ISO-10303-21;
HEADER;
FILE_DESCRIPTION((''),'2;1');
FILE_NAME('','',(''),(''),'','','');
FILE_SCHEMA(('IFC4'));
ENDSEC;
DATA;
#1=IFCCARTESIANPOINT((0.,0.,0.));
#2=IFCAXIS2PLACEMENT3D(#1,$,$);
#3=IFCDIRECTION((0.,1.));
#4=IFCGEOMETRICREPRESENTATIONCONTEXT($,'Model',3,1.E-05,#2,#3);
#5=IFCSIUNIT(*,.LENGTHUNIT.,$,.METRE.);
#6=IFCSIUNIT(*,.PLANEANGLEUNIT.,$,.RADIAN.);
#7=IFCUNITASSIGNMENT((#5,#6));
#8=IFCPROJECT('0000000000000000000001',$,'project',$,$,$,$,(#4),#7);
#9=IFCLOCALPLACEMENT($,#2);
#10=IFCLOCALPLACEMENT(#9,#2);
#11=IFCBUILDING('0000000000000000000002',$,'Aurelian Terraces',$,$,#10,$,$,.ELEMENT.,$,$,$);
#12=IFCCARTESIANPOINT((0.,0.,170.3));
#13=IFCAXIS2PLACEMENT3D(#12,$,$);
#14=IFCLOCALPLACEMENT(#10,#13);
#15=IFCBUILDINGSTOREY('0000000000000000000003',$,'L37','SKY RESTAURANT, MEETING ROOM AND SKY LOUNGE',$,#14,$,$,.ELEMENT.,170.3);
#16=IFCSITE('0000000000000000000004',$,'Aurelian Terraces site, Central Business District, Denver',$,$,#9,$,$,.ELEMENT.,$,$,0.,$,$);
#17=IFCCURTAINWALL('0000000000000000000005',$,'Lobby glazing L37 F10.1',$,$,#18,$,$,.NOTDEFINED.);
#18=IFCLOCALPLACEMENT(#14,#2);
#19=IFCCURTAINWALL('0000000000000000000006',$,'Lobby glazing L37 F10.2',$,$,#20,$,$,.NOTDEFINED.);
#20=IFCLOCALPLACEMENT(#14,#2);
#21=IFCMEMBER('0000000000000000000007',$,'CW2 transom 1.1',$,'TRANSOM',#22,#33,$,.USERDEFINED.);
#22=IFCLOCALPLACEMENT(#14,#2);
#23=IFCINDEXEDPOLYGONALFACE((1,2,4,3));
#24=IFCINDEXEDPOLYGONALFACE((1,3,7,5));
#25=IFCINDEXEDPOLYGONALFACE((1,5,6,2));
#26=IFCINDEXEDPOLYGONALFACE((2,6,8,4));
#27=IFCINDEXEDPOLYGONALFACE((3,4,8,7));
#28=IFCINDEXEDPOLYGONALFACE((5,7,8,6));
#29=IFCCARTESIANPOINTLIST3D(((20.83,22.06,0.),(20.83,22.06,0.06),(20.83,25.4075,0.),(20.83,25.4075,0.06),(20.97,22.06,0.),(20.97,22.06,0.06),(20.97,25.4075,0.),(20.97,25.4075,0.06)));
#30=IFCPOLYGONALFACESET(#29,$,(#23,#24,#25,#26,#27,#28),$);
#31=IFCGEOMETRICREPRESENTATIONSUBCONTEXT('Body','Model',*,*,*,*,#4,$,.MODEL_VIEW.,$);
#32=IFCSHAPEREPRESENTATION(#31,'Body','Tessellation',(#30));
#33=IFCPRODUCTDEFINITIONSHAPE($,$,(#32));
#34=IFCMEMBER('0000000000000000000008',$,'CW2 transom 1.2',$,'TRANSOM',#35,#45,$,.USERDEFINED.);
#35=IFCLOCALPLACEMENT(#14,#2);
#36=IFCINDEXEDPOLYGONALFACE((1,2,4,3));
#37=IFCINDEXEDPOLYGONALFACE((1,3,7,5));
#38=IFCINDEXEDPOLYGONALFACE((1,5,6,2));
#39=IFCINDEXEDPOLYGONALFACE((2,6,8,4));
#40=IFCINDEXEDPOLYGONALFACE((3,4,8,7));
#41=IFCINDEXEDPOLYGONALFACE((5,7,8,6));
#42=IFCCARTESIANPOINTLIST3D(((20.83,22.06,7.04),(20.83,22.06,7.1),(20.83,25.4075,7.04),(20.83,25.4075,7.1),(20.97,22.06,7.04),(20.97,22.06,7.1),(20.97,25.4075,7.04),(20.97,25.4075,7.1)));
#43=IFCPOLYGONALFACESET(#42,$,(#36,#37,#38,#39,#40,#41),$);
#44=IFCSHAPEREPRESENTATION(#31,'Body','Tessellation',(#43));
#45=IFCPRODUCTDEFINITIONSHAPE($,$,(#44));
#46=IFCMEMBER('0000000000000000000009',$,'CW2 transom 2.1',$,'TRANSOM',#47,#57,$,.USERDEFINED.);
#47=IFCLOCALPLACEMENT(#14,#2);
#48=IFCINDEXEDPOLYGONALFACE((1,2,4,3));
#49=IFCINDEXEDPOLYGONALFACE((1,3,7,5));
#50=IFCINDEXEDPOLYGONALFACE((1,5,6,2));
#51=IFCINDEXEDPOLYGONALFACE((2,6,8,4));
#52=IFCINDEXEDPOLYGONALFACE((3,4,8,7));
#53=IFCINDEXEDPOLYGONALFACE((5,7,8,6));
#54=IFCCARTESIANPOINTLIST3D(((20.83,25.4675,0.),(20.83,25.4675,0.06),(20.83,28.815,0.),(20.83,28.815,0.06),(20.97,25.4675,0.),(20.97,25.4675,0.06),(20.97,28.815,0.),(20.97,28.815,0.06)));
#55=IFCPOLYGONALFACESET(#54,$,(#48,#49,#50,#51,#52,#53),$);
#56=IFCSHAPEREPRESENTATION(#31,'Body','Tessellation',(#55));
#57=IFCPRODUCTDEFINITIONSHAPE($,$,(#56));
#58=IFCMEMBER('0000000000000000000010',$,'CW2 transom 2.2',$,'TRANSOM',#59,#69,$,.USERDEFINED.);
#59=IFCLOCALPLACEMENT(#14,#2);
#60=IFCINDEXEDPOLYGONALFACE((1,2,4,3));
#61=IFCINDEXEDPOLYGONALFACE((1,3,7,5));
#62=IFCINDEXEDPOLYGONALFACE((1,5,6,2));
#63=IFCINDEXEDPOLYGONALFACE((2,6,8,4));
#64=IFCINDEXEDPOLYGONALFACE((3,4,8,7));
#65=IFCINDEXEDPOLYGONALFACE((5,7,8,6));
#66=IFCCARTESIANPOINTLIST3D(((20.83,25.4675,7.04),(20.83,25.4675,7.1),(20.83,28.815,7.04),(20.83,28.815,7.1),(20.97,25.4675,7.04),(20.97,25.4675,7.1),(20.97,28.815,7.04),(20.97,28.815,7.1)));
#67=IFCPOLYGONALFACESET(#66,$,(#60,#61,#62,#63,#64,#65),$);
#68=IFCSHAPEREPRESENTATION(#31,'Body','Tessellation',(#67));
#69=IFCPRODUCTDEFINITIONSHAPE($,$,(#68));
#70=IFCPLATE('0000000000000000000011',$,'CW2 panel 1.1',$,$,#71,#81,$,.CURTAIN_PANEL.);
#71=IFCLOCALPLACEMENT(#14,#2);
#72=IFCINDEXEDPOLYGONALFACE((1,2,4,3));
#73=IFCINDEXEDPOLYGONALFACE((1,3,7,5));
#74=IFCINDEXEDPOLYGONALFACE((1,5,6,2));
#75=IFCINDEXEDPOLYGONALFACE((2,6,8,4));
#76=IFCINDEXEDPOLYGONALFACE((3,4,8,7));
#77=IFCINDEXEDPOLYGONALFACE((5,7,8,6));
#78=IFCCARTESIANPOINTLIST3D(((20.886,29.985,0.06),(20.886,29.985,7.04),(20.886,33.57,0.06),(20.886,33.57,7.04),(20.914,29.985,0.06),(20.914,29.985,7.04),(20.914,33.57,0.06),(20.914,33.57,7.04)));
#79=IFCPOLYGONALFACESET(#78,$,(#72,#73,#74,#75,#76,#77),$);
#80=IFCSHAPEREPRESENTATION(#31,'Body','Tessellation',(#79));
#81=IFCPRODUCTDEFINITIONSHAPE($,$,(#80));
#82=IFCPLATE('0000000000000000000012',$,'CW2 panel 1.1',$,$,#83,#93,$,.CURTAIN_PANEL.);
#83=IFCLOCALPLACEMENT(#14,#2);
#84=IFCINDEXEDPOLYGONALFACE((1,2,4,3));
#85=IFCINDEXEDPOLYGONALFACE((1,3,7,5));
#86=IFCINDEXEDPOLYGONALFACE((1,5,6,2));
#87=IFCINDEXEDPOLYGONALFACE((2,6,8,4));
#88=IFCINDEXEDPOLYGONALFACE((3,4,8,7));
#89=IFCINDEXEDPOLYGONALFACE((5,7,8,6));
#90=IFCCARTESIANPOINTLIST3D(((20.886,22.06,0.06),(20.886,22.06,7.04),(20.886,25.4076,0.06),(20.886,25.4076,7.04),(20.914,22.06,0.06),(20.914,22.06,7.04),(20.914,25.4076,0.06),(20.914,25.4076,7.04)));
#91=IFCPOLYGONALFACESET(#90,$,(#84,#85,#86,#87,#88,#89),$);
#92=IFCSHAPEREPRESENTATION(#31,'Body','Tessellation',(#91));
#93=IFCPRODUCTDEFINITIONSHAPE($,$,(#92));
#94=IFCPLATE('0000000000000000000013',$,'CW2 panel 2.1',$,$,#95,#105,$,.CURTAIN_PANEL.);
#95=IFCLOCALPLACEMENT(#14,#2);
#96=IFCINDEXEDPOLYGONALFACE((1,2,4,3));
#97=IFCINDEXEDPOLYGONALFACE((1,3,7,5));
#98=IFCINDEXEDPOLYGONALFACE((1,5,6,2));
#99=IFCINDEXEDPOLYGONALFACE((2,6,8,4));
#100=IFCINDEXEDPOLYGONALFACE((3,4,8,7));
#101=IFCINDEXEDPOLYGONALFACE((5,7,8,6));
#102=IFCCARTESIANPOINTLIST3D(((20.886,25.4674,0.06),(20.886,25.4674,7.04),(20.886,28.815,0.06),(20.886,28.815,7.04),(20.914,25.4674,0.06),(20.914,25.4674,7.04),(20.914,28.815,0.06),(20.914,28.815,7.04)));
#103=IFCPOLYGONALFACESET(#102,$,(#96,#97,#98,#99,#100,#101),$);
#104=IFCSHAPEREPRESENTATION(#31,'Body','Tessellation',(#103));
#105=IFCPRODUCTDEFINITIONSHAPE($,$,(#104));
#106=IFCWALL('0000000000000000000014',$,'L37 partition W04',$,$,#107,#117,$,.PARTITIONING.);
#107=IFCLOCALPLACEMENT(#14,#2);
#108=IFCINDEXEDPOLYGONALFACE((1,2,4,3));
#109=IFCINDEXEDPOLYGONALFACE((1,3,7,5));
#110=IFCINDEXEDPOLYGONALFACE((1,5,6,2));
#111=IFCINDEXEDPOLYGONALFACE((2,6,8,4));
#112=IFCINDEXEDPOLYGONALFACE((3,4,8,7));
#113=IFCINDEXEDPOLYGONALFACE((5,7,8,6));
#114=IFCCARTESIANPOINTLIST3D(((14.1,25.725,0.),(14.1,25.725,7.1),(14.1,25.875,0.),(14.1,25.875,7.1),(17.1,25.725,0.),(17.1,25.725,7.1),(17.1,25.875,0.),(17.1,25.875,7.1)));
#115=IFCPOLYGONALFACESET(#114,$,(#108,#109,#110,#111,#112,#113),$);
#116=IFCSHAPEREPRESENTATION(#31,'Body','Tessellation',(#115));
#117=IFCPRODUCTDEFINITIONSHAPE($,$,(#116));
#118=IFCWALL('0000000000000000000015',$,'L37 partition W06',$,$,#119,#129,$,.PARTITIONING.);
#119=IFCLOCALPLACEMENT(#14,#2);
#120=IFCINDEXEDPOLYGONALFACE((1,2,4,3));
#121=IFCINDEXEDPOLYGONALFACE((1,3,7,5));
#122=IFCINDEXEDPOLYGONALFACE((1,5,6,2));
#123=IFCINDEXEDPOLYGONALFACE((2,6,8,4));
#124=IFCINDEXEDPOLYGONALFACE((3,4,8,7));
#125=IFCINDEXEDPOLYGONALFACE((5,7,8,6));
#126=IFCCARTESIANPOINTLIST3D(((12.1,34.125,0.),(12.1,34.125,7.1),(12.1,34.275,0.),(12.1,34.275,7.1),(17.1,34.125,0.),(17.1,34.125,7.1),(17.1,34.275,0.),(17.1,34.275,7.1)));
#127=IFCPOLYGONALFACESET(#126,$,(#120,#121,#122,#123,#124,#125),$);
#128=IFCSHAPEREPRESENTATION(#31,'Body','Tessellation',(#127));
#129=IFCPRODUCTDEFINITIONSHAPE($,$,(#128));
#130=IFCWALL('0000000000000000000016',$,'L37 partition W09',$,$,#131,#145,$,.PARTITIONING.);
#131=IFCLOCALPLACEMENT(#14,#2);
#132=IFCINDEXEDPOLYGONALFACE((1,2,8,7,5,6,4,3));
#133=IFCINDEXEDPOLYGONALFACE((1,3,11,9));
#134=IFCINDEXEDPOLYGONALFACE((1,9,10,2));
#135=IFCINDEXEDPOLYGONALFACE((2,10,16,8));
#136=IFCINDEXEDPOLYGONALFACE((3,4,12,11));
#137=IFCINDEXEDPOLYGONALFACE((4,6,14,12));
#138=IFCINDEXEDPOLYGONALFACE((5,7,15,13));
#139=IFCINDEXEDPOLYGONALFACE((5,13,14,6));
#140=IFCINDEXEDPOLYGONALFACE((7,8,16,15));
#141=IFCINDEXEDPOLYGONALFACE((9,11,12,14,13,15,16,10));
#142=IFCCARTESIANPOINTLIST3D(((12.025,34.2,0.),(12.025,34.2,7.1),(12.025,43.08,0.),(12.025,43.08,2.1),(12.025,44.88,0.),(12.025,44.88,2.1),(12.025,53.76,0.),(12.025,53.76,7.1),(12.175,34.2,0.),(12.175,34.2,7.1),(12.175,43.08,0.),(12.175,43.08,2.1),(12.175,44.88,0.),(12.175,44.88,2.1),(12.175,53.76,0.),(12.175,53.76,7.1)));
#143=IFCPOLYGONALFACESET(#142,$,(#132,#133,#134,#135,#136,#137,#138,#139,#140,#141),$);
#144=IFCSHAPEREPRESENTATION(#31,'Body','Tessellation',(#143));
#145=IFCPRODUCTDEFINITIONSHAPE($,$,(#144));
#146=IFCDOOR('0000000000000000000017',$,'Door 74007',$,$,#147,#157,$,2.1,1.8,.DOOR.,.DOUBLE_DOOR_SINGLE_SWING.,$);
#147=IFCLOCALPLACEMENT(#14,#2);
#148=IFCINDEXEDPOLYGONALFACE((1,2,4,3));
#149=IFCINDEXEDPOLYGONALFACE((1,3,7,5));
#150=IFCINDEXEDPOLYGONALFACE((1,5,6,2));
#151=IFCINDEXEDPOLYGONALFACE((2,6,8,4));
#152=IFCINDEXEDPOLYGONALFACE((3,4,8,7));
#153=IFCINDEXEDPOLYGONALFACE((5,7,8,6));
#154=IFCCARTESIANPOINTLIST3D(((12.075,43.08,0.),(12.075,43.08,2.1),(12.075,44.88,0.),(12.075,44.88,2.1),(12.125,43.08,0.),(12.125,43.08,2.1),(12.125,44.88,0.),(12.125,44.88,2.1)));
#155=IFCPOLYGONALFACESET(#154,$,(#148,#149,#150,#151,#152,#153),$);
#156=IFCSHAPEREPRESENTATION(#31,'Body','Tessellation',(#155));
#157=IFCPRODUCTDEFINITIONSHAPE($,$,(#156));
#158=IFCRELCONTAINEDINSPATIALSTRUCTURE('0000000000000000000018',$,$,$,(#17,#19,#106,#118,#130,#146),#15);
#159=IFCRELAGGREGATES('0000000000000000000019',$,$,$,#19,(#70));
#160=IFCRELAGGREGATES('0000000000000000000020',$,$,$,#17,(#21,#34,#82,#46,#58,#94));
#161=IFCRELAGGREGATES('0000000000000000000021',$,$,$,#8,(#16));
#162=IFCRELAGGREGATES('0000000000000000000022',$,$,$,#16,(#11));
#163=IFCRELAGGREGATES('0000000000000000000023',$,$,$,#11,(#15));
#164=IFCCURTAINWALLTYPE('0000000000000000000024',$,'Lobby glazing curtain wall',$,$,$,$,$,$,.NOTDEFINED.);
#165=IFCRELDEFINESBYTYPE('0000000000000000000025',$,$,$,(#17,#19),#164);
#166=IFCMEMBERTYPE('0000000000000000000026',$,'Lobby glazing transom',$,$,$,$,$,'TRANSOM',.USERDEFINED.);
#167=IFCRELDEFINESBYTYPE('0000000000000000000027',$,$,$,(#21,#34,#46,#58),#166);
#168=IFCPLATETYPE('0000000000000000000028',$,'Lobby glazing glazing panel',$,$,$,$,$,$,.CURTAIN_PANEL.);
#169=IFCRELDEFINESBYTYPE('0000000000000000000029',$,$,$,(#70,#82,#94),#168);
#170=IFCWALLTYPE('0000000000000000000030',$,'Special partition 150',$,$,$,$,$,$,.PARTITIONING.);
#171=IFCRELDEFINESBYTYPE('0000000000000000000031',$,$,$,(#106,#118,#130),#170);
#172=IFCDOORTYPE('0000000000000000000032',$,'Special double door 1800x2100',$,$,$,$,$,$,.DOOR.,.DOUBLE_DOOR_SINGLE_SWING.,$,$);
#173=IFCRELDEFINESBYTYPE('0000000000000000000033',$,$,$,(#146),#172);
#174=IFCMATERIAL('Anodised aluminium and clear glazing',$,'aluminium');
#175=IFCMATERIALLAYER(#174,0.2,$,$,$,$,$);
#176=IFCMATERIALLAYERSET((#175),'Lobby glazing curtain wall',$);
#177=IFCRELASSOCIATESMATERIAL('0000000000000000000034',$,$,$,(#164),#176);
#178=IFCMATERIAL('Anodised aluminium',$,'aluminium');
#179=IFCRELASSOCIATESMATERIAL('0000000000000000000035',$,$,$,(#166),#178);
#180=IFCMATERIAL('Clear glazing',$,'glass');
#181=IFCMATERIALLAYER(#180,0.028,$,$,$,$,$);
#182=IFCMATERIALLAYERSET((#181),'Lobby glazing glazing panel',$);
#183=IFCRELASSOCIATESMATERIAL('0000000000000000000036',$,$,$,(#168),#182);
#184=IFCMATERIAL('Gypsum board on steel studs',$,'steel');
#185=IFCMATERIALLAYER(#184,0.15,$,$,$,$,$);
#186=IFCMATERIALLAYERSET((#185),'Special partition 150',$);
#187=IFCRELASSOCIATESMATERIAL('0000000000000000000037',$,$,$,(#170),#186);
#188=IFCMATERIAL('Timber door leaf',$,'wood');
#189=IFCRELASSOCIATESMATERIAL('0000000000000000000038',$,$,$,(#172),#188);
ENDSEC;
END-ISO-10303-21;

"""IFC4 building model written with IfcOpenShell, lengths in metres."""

from ifc_helpers import new_model, si_unit, direction, frame, frame_2d, origin, origin_2d, place, context, subcontext, project, spatial, rectangle, extrude, source, transform, mapped, material, layer, layer_set, material_profile, profile_set, type_object, element, fill, aggregate, save


model = new_model("IFC4")

# Units and contexts
model_context = context("Model", 3, precision=1e-05, world=origin(), true_north=direction((0.0, 1.0)))
body_context = subcontext(model_context, "Body", "Model", "MODEL_VIEW")
ifc_project = project(units=[si_unit("LENGTHUNIT", "METRE"), si_unit("PLANEANGLEUNIT", "RADIAN")], contexts=[model_context])

# Site, building, storey
site_placement = place(None, origin())
site = spatial("IfcSite", under=ifc_project, at=site_placement, Name="Aurelian Terraces site, Central Business District, Denver", CompositionType="ELEMENT", RefElevation=0.0)
building_placement = place(site_placement, origin())
building = spatial("IfcBuilding", under=site, at=building_placement, Name="Aurelian Terraces", CompositionType="ELEMENT")
storey_placement = place(building_placement, frame((0.0, 0.0, 170.3)))
storey = spatial("IfcBuildingStorey", under=building, at=storey_placement, Name="L37", Description="SKY RESTAURANT, MEETING ROOM AND SKY LOUNGE", CompositionType="ELEMENT", Elevation=170.3)

# Curtain walls
ifc_material_1 = material(Name="Anodised aluminium and clear glazing", Category="aluminium")
ifc_layer_1 = layer(ifc_material_1, 0.2)
ifc_layer_set_1 = layer_set([ifc_layer_1], Name="Lobby glazing curtain wall")
curtain_wall_type = type_object("IfcCurtainWallType", Name="Lobby glazing curtain wall", PredefinedType="NOTDEFINED", material=ifc_layer_set_1)
curtain_wall_1_placement = place(storey_placement, origin())
curtain_wall_1 = element("IfcCurtainWall", 1, at=curtain_wall_1_placement, inside=storey, type_object=curtain_wall_type, Name="Lobby glazing L37 F10.1", PredefinedType="NOTDEFINED")
ifc_material_2 = material(Name="Anodised aluminium", Category="aluminium")
curtain_wall_2_placement = place(storey_placement, origin())
curtain_wall_2 = element("IfcCurtainWall", 2, at=curtain_wall_2_placement, inside=storey, type_object=curtain_wall_type, Name="Lobby glazing L37 F10.2", PredefinedType="NOTDEFINED")
ifc_material_profile_1 = material_profile(ifc_material_2, rectangle(XDim=0.14, YDim=0.06, at=origin_2d()))
ifc_profile_set_1 = profile_set([ifc_material_profile_1], Name="Anodised aluminium")
member_type_1 = type_object("IfcMemberType", Name="Lobby glazing transom", ElementType="TRANSOM", PredefinedType="USERDEFINED", material=ifc_profile_set_1)

# Members
shared_shape_1 = source(origin(), body_context, "Body", "SweptSolid", [
    extrude(rectangle(XDim=0.14, YDim=0.06, at=origin_2d()), origin(), (0.0, 0.0, 1.0), 3.3475),
])
member_1_placement = place(storey_placement, frame((20.9, 22.06, 0.03), z_axis=(0.0, 1.0, 0.0), x_axis=(-1.0, 0.0, 0.0)))
member_1 = element("IfcMember", 3, at=member_1_placement, type_object=member_type_1, Name="CW2 transom 1.1", ObjectType="TRANSOM", PredefinedType="USERDEFINED", context=body_context, shape_type="MappedRepresentation", body=[
    mapped(shared_shape_1, transform((0.0, 0.0, 0.0), scale=1.0)),
])
member_2_placement = place(storey_placement, frame((20.9, 22.06, 7.07), z_axis=(0.0, 1.0, 0.0), x_axis=(-1.0, 0.0, 0.0)))
member_2 = element("IfcMember", 4, at=member_2_placement, type_object=member_type_1, Name="CW2 transom 1.2", ObjectType="TRANSOM", PredefinedType="USERDEFINED", context=body_context, shape_type="MappedRepresentation", body=[
    mapped(shared_shape_1, transform((0.0, 0.0, 0.0), scale=1.0)),
])
member_3_placement = place(storey_placement, frame((20.9, 25.4675, 0.03), z_axis=(0.0, 1.0, 0.0), x_axis=(-1.0, 0.0, 0.0)))
member_3 = element("IfcMember", 5, at=member_3_placement, type_object=member_type_1, Name="CW2 transom 2.1", ObjectType="TRANSOM", PredefinedType="USERDEFINED", context=body_context, shape_type="MappedRepresentation", body=[
    mapped(shared_shape_1, transform((0.0, 0.0, 0.0), scale=1.0)),
])
member_4_placement = place(storey_placement, frame((20.9, 25.4675, 7.07), z_axis=(0.0, 1.0, 0.0), x_axis=(-1.0, 0.0, 0.0)))
member_4 = element("IfcMember", 6, at=member_4_placement, type_object=member_type_1, Name="CW2 transom 2.2", ObjectType="TRANSOM", PredefinedType="USERDEFINED", context=body_context, shape_type="MappedRepresentation", body=[
    mapped(shared_shape_1, transform((0.0, 0.0, 0.0), scale=1.0)),
])

# Plates
ifc_material_3 = material(Name="Clear glazing", Category="glass")
ifc_layer_2 = layer(ifc_material_3, 0.028)
ifc_layer_set_2 = layer_set([ifc_layer_2], Name="Lobby glazing glazing panel")
plate_type = type_object("IfcPlateType", Name="Lobby glazing glazing panel", PredefinedType="CURTAIN_PANEL", material=ifc_layer_set_2)
shared_shape_2 = source(origin(), body_context, "Body", "SweptSolid", [
    extrude(rectangle(XDim=3.585, YDim=0.028, at=origin_2d()), origin(), (0.0, 0.0, 1.0), 6.98),
])
plate_1_placement = place(storey_placement, frame((20.9, 31.7775, 0.06), z_axis=(0.0, 0.0, 1.0), x_axis=(0.0, 1.0, 0.0)))
plate_1 = element("IfcPlate", 7, at=plate_1_placement, type_object=plate_type, Name="CW2 panel 1.1", PredefinedType="CURTAIN_PANEL", context=body_context, shape_type="MappedRepresentation", body=[
    mapped(shared_shape_2, transform((0.0, 0.0, 0.0), scale=1.0)),
])
aggregate(curtain_wall_2, [plate_1])
shared_shape_3 = source(origin(), body_context, "Body", "SweptSolid", [
    extrude(rectangle(XDim=3.3475, YDim=0.028, at=origin_2d()), origin(), (0.0, 0.0, 1.0), 6.98),
])
plate_2_placement = place(storey_placement, frame((20.9, 23.7338, 0.06), z_axis=(0.0, 0.0, 1.0), x_axis=(0.0, 1.0, 0.0)))
plate_2 = element("IfcPlate", 8, at=plate_2_placement, type_object=plate_type, Name="CW2 panel 1.1", PredefinedType="CURTAIN_PANEL", context=body_context, shape_type="MappedRepresentation", body=[
    mapped(shared_shape_3, transform((0.0, 0.0, 0.0), scale=1.0)),
])
plate_3_placement = place(storey_placement, frame((20.9, 27.1412, 0.06), z_axis=(0.0, 0.0, 1.0), x_axis=(0.0, 1.0, 0.0)))
plate_3 = element("IfcPlate", 9, at=plate_3_placement, type_object=plate_type, Name="CW2 panel 2.1", PredefinedType="CURTAIN_PANEL", context=body_context, shape_type="MappedRepresentation", body=[
    mapped(shared_shape_3, transform((0.0, 0.0, 0.0), scale=1.0)),
])
aggregate(curtain_wall_1, [member_1, member_2, plate_2, member_3, member_4, plate_3])

# Walls
ifc_material_4 = material(Name="Gypsum board on steel studs", Category="steel")
ifc_layer_3 = layer(ifc_material_4, 0.15)
ifc_layer_set_3 = layer_set([ifc_layer_3], Name="Special partition 150")
wall_type = type_object("IfcWallType", Name="Special partition 150", PredefinedType="PARTITIONING", material=ifc_layer_set_3)
wall_1_placement = place(storey_placement, frame((14.1, 25.8, 0.0), z_axis=(0.0, 0.0, 1.0), x_axis=(1.0, 0.0, 0.0)))
element("IfcWall", 10, at=wall_1_placement, inside=storey, type_object=wall_type, Name="L37 partition W04", PredefinedType="PARTITIONING", context=body_context, shape_type="SweptSolid", body=[
    extrude(rectangle(XDim=3.0, YDim=0.15, at=frame_2d((1.5, 0.0))), origin(), (0.0, 0.0, 1.0), 7.1),
])
wall_2_placement = place(storey_placement, frame((12.1, 34.2, 0.0), z_axis=(0.0, 0.0, 1.0), x_axis=(1.0, 0.0, 0.0)))
element("IfcWall", 11, at=wall_2_placement, inside=storey, type_object=wall_type, Name="L37 partition W06", PredefinedType="PARTITIONING", context=body_context, shape_type="SweptSolid", body=[
    extrude(rectangle(XDim=5.0, YDim=0.15, at=frame_2d((2.5, 0.0))), origin(), (0.0, 0.0, 1.0), 7.1),
])

# Wall, opening, door
wall_3_placement = place(storey_placement, frame((12.1, 34.2, 0.0), z_axis=(0.0, 0.0, 1.0), x_axis=(0.0, 1.0, 0.0)))
wall_3 = element("IfcWall", 12, at=wall_3_placement, inside=storey, type_object=wall_type, Name="L37 partition W09", PredefinedType="PARTITIONING", context=body_context, shape_type="SweptSolid", body=[
    extrude(rectangle(XDim=19.56, YDim=0.15, at=frame_2d((9.78, 0.0))), origin(), (0.0, 0.0, 1.0), 7.1),
])
shared_shape_4 = source(origin(), body_context, "Body", "SweptSolid", [
    extrude(rectangle(XDim=1.8, YDim=2.1, at=frame_2d((0.9, 1.05))), frame((0.0, 0.085, 0.0), z_axis=(0.0, -1.0, 0.0), x_axis=(1.0, 0.0, 0.0)), (0.0, 0.0, 1.0), 0.17),
])
opening_1_placement = place(wall_3_placement, frame((8.88, 0.0, 0.0)))
opening_1 = element("IfcOpeningElement", 13, at=opening_1_placement, cuts=wall_3, PredefinedType="OPENING", context=body_context, shape_type="MappedRepresentation", body=[
    mapped(shared_shape_4, transform((0.0, 0.0, 0.0), scale=1.0)),
])
ifc_material_5 = material(Name="Timber door leaf", Category="wood")
door_type_1 = type_object("IfcDoorType", Name="Special double door 1800x2100", OperationType="DOUBLE_DOOR_SINGLE_SWING", PredefinedType="DOOR", material=ifc_material_5)
shared_shape_5 = source(origin(), body_context, "Body", "SweptSolid", [
    extrude(rectangle(XDim=1.8, YDim=2.1, at=frame_2d((0.9, 1.05))), frame((0.0, 0.025, 0.0), z_axis=(0.0, -1.0, 0.0), x_axis=(1.0, 0.0, 0.0)), (0.0, 0.0, 1.0), 0.05),
])
door_1_placement = place(opening_1_placement, origin())
door_1 = element("IfcDoor", 14, at=door_1_placement, inside=storey, type_object=door_type_1, Name="Door 74007", OperationType="DOUBLE_DOOR_SINGLE_SWING", OverallHeight=2.1, OverallWidth=1.8, PredefinedType="DOOR", context=body_context, shape_type="MappedRepresentation", body=[
    mapped(shared_shape_5, transform((0.0, 0.0, 0.0), scale=1.0)),
])
fill(opening_1, door_1)

save(model, "model.ifc")
